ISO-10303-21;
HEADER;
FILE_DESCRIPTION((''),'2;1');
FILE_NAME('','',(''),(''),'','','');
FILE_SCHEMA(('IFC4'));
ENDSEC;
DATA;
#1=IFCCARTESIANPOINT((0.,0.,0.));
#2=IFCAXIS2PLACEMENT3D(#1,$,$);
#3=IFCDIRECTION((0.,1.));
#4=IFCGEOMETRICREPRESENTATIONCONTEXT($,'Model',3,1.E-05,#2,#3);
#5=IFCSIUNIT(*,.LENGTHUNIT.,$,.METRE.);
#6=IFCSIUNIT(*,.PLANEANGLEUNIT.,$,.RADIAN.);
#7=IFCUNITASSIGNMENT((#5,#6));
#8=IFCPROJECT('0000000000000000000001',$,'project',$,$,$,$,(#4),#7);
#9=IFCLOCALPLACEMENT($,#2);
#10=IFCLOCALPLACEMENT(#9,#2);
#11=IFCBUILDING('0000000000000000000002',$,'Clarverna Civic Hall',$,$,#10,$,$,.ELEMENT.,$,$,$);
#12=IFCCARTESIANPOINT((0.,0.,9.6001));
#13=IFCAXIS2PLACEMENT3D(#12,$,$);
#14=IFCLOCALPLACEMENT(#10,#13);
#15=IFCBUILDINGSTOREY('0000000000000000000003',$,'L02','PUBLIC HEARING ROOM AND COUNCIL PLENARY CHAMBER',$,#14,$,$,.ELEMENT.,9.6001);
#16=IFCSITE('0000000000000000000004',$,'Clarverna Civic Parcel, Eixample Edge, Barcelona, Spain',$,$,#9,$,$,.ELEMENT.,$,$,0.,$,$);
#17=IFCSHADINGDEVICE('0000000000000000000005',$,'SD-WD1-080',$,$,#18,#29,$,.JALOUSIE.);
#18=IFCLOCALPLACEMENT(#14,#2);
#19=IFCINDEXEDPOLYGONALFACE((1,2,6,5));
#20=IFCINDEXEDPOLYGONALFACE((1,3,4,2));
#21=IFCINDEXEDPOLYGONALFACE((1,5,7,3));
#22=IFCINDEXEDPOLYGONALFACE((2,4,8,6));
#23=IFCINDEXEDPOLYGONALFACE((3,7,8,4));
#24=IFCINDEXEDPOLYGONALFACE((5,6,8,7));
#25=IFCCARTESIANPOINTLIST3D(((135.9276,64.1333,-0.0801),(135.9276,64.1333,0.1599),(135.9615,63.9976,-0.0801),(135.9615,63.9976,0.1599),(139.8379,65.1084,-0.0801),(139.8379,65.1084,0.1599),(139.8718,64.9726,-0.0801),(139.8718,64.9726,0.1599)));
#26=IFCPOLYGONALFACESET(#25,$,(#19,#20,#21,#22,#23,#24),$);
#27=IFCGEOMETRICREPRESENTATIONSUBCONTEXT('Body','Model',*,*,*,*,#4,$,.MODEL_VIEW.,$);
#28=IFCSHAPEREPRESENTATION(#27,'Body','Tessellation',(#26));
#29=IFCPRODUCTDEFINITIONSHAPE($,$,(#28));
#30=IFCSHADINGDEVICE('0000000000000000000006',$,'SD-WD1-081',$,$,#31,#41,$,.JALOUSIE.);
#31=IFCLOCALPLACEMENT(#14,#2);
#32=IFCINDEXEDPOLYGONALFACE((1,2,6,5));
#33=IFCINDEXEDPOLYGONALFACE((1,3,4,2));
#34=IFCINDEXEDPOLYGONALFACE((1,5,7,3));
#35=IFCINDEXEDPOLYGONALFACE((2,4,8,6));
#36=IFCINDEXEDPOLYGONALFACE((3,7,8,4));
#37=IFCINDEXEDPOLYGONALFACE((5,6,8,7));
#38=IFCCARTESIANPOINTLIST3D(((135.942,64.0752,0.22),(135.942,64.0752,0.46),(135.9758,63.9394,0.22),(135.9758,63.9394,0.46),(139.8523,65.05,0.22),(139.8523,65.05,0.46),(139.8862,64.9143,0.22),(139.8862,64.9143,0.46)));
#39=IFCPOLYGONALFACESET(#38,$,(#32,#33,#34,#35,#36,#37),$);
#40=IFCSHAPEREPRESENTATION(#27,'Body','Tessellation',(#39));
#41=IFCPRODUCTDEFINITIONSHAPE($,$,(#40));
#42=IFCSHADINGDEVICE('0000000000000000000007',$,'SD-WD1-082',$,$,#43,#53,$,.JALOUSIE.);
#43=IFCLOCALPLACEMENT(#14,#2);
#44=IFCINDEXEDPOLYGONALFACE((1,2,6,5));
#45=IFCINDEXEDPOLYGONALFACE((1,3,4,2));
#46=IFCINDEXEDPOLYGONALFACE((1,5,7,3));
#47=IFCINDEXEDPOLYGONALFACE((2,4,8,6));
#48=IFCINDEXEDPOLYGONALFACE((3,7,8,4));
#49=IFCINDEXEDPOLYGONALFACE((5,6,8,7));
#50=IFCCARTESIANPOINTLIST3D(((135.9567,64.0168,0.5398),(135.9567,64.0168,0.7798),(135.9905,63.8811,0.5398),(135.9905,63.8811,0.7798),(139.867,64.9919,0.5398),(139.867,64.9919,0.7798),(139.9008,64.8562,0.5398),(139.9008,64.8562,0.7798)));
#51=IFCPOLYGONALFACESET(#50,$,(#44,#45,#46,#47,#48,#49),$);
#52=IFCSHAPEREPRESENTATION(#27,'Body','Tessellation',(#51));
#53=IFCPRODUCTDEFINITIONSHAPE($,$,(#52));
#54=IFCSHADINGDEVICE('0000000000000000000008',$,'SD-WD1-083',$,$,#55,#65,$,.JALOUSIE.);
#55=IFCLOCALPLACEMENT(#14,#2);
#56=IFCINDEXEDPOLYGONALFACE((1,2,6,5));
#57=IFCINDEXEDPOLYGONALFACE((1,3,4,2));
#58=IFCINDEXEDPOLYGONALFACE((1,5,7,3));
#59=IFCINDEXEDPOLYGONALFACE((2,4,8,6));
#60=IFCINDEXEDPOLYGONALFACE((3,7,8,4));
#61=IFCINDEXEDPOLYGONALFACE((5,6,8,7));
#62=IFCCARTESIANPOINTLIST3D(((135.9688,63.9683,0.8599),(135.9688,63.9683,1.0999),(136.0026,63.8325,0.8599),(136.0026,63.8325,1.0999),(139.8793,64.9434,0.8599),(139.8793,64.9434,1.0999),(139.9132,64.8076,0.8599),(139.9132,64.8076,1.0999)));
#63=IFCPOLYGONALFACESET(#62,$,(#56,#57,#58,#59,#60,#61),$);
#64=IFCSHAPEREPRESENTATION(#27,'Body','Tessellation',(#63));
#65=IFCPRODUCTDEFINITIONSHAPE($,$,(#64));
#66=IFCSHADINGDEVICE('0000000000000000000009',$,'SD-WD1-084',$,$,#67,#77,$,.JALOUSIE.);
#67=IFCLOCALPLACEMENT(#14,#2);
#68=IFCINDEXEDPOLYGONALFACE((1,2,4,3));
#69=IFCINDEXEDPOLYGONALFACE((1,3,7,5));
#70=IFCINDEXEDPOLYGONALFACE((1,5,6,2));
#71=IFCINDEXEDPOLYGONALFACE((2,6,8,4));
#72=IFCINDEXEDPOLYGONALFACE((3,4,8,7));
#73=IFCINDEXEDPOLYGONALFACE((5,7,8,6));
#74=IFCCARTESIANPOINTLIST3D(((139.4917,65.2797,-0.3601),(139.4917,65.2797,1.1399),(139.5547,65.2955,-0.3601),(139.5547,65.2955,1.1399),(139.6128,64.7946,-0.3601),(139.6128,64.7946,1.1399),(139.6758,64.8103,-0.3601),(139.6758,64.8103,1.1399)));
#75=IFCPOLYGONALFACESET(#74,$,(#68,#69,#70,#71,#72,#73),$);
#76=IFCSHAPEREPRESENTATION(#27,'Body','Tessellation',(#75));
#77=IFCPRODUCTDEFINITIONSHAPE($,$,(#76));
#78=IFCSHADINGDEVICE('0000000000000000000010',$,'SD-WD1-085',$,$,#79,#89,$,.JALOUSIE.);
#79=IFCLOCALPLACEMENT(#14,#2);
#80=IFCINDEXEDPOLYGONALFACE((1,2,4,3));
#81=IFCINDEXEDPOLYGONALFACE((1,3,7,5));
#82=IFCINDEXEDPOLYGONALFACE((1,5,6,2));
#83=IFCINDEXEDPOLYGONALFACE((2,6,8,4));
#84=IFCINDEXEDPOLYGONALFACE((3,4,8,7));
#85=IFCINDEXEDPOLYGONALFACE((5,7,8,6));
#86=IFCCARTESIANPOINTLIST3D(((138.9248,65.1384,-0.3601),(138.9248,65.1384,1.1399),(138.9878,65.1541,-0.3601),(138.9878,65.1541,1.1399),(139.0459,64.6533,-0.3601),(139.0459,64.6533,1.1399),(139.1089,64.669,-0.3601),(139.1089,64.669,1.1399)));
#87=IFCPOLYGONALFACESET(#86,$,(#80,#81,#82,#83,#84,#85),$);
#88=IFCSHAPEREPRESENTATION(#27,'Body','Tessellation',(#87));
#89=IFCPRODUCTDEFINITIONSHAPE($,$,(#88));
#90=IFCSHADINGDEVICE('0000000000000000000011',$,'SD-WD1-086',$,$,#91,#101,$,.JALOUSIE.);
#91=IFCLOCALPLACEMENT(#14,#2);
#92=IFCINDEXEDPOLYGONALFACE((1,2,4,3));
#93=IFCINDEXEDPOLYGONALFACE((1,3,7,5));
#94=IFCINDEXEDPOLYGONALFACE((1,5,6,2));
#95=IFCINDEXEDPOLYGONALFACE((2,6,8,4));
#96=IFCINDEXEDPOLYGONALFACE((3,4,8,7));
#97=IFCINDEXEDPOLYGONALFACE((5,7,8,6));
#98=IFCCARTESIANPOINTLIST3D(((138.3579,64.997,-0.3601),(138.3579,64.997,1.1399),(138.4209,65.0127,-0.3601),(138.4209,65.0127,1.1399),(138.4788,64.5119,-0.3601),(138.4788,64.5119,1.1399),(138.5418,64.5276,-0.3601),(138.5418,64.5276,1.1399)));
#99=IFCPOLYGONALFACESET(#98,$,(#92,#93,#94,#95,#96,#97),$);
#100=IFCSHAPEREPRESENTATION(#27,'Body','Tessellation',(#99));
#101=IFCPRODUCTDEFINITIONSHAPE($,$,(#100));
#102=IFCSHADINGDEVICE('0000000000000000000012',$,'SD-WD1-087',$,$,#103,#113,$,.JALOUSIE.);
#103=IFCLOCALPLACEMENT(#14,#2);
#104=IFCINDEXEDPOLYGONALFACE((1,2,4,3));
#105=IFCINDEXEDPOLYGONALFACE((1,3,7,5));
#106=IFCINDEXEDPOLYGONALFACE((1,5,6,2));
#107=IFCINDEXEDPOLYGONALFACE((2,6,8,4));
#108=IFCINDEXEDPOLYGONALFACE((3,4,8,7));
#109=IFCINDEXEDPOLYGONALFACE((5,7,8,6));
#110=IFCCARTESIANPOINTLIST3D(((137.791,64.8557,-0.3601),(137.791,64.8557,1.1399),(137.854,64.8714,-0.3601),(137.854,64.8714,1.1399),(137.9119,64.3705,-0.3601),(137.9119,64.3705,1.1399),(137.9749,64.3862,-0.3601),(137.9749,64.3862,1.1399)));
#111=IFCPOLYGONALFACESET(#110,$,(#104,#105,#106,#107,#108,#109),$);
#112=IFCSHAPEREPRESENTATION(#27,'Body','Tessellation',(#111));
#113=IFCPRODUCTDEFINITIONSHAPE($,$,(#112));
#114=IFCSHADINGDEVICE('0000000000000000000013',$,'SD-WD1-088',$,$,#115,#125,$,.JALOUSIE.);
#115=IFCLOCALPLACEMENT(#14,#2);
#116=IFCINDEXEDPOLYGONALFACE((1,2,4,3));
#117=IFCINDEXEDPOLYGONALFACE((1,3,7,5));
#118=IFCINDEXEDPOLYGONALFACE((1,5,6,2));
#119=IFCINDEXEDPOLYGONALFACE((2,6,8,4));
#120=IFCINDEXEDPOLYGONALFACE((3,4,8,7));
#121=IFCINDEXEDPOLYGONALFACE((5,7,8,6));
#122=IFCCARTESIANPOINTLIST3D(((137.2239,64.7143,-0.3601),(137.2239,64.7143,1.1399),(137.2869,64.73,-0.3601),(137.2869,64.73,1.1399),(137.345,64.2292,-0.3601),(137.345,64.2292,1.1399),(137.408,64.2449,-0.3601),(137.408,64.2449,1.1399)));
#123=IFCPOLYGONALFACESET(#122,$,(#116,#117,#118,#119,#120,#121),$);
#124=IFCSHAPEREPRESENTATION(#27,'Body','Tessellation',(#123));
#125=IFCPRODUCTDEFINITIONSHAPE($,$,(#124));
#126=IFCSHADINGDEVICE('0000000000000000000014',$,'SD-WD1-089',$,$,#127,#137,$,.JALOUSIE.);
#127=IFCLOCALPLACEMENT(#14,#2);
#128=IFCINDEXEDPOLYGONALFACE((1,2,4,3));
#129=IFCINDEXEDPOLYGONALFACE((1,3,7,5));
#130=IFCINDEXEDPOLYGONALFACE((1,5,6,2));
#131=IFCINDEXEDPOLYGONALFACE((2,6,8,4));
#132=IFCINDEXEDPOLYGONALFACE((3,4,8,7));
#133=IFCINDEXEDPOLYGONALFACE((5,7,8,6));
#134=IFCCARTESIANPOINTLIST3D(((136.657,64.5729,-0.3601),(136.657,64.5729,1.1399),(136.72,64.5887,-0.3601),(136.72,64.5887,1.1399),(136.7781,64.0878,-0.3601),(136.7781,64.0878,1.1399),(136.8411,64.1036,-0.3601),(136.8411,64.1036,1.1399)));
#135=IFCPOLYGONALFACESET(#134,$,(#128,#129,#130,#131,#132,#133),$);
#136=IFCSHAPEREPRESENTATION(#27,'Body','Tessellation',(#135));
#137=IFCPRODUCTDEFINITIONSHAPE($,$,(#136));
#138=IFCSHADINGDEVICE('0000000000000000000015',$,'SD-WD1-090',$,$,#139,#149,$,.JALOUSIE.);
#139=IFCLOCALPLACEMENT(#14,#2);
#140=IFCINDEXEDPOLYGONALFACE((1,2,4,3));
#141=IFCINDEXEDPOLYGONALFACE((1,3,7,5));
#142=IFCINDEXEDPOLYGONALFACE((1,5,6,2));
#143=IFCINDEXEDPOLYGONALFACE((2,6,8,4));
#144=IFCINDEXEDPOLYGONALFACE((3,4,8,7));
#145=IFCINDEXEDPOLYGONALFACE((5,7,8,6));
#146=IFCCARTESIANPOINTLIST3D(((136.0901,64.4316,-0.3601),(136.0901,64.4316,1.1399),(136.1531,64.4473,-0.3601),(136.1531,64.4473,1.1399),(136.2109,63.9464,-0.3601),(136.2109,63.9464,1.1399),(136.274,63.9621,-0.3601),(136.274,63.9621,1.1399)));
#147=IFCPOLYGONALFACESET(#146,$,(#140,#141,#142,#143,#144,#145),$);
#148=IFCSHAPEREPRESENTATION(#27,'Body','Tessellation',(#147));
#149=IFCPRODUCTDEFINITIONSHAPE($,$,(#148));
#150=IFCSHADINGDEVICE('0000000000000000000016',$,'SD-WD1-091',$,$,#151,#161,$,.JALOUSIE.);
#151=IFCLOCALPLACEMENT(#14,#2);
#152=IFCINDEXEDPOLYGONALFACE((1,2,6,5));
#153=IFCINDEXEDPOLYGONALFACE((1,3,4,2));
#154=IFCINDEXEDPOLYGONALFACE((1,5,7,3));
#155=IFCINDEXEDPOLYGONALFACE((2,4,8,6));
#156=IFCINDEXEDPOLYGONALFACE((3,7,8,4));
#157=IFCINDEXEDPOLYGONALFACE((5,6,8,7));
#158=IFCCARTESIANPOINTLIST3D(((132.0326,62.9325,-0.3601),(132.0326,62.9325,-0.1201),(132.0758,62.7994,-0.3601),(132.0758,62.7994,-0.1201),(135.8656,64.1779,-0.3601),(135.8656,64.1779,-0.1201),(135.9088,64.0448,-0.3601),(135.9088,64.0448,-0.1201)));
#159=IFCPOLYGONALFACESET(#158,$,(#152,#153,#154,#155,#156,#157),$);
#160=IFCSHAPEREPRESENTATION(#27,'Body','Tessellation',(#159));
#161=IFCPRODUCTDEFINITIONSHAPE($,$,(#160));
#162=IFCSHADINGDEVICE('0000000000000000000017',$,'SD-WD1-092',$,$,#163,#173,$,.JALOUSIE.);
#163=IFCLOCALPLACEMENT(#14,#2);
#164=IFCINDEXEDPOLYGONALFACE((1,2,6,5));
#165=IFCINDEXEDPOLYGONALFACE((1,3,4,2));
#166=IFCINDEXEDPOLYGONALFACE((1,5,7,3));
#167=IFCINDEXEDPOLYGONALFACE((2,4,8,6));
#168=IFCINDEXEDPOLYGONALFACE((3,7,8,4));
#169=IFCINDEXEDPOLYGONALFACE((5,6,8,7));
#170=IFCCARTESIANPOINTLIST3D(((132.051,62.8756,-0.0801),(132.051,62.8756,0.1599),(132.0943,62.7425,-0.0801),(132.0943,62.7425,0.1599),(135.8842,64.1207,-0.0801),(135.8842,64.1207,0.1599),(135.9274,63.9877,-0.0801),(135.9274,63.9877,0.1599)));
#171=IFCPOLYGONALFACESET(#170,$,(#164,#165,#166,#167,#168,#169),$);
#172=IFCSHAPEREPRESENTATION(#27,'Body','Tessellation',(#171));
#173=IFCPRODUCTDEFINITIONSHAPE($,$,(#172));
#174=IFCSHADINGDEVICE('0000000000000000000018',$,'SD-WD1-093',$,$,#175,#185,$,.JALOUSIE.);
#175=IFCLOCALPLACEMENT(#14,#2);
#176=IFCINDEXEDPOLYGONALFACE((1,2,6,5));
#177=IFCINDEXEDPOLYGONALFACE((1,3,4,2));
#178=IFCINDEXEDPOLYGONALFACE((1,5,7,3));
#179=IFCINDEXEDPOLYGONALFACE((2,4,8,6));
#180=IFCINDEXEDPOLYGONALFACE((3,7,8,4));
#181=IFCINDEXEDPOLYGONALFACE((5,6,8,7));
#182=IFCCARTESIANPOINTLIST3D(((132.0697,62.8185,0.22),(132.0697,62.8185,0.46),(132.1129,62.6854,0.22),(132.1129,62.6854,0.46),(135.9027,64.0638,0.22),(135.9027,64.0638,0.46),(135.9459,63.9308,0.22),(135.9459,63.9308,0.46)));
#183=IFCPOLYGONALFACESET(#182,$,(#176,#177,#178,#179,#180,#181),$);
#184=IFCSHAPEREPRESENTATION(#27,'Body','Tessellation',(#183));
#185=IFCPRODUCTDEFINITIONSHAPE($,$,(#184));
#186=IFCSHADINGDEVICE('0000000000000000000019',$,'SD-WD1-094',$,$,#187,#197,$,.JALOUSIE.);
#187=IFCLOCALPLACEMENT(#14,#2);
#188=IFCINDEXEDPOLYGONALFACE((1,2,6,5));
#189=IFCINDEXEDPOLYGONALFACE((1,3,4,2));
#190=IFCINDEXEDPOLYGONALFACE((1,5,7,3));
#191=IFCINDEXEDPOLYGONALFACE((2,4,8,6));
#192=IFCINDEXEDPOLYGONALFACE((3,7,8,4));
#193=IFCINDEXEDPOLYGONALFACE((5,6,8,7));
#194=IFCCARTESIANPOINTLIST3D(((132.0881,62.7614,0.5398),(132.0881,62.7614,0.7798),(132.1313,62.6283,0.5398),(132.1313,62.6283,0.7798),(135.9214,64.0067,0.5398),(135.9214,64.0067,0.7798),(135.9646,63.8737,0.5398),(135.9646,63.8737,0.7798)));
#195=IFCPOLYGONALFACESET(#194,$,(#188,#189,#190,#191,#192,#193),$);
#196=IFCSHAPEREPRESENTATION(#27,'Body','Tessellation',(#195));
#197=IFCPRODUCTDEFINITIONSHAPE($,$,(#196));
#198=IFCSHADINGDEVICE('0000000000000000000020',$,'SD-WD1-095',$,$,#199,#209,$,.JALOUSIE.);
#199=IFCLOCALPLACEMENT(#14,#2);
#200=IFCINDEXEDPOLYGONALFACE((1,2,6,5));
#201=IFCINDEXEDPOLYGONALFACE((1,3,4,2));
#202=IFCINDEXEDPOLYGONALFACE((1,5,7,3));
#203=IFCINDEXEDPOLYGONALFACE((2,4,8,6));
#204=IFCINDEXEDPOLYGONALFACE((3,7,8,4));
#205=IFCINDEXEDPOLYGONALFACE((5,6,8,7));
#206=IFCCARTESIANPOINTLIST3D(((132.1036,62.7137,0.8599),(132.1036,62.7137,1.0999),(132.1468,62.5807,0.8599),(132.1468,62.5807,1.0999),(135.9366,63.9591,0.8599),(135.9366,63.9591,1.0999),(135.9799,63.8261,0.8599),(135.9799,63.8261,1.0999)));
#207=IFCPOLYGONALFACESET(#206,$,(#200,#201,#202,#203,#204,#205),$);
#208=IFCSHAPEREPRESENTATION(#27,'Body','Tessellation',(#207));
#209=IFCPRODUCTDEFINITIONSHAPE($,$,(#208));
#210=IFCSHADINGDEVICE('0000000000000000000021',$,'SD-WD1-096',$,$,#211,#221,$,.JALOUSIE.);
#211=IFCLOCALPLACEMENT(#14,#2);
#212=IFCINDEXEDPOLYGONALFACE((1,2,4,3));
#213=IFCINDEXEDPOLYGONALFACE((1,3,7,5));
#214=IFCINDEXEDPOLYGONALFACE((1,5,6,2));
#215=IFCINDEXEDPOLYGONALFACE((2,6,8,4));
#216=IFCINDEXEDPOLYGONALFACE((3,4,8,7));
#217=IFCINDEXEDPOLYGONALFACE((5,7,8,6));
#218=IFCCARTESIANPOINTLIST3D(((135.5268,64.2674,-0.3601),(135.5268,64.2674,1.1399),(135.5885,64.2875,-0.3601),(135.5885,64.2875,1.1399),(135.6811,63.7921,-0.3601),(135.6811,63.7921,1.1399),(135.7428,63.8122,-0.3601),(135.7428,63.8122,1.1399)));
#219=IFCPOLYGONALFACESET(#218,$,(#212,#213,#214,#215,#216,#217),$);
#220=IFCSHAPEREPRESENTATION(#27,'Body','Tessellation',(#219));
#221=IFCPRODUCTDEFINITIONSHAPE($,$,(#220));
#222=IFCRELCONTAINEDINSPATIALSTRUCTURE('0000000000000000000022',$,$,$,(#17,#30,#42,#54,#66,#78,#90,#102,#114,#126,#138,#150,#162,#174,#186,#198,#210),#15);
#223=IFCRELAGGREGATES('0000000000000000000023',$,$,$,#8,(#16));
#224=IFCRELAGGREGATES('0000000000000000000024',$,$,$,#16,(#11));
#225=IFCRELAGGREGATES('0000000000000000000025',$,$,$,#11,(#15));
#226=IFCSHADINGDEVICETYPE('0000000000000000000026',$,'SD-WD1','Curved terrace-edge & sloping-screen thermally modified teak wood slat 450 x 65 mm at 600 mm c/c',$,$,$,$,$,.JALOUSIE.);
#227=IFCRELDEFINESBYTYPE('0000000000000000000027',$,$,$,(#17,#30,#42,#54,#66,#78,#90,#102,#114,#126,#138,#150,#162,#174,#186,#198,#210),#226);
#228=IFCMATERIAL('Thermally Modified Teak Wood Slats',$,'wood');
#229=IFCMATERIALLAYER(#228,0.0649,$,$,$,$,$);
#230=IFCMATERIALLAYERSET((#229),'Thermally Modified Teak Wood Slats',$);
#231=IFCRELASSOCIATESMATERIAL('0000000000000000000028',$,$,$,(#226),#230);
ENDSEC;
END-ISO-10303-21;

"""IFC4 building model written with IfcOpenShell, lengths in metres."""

from ifc_helpers import new_model, si_unit, direction, frame, frame_2d, origin, place, context, subcontext, project, spatial, rectangle, extrude, material, layer, layer_set, type_object, element, save


model = new_model("IFC4")

# Units and contexts
model_context = context("Model", 3, precision=1e-05, world=origin(), true_north=direction((0.0, 1.0)))
body_context = subcontext(model_context, "Body", "Model", "MODEL_VIEW")
ifc_project = project(units=[si_unit("LENGTHUNIT", "METRE"), si_unit("PLANEANGLEUNIT", "RADIAN")], contexts=[model_context])

# Site, building, storey
site_placement = place(None, origin())
site = spatial("IfcSite", under=ifc_project, at=site_placement, Name="Clarverna Civic Parcel, Eixample Edge, Barcelona, Spain", CompositionType="ELEMENT", RefElevation=0.0)
building_placement = place(site_placement, origin())
building = spatial("IfcBuilding", under=site, at=building_placement, Name="Clarverna Civic Hall", CompositionType="ELEMENT")
storey_placement = place(building_placement, frame((0.0, 0.0, 9.6001)))
storey = spatial("IfcBuildingStorey", under=building, at=storey_placement, Name="L02", Description="PUBLIC HEARING ROOM AND COUNCIL PLENARY CHAMBER", CompositionType="ELEMENT", Elevation=9.6001)

# Shading devices
ifc_material_1 = material(Name="Thermally Modified Teak Wood Slats", Category="wood")
ifc_layer_1 = layer(ifc_material_1, 0.0649)
ifc_layer_set_1 = layer_set([ifc_layer_1], Name="Thermally Modified Teak Wood Slats")
shading_device_type = type_object("IfcShadingDeviceType", Name="SD-WD1", Description="Curved terrace-edge & sloping-screen thermally modified teak wood slat 450 x 65 mm at 600 mm c/c", PredefinedType="JALOUSIE", material=ifc_layer_set_1)
for number, where, z_axis, x_axis, name in (
    (1, (139.855, 65.0405, -0.0801), (0.0, 0.0, 1.0), (-0.970288, -0.241951, 0.0), "SD-WD1-080"),
    (2, (139.8694, 64.9822, 0.22), (0.0, 0.0, 1.0), (-0.970303, -0.241894, 0.0), "SD-WD1-081"),
    (3, (139.884, 64.9241, 0.5398), (0.0, 0.0, 1.0), (-0.970288, -0.241951, 0.0), "SD-WD1-082"),
):
    element("IfcShadingDevice", number, at=place(storey_placement, frame(where, z_axis=z_axis, x_axis=x_axis)), inside=storey, type_object=shading_device_type, Name=name, PredefinedType="JALOUSIE", context=body_context, shape_type="SweptSolid", body=[
        extrude(rectangle(XDim=4.03, YDim=0.1399, at=frame_2d((2.0151, 0.0))), origin(), (0.0, 0.0, 1.0), 0.24),
    ])
shading_device_1_placement = place(storey_placement, frame((139.8962, 64.8755, 0.8599), z_axis=(0.0, 0.0, 1.0), x_axis=(-0.970292, -0.241937, 0.0)))
element("IfcShadingDevice", 4, at=shading_device_1_placement, inside=storey, type_object=shading_device_type, Name="SD-WD1-083", PredefinedType="JALOUSIE", context=body_context, shape_type="SweptSolid", body=[
    extrude(rectangle(XDim=4.0303, YDim=0.1399, at=frame_2d((2.0151, 0.0))), origin(), (0.0, 0.0, 1.0), 0.24),
])
for number, where, z_axis, x_axis, name in (
    (5, (139.5232, 65.2876, -0.3601), (0.0, 0.0, 1.0), (0.242191, -0.970229, 0.0), "SD-WD1-084"),
    (6, (138.9563, 65.1462, -0.3601), (0.0, 0.0, 1.0), (0.242191, -0.970229, 0.0), "SD-WD1-085"),
    (7, (138.3894, 65.0049, -0.3601), (0.0, 0.0, 1.0), (0.241731, -0.970343, 0.0), "SD-WD1-086"),
    (8, (137.8225, 64.8635, -0.3601), (0.0, 0.0, 1.0), (0.241731, -0.970343, 0.0), "SD-WD1-087"),
    (9, (137.2554, 64.7222, -0.3601), (0.0, 0.0, 1.0), (0.242191, -0.970229, 0.0), "SD-WD1-088"),
    (10, (136.6885, 64.5808, -0.3601), (0.0, 0.0, 1.0), (0.242191, -0.970229, 0.0), "SD-WD1-089"),
    (11, (136.1216, 64.4395, -0.3601), (0.0, 0.0, 1.0), (0.241731, -0.970343, 0.0), "SD-WD1-090"),
):
    element("IfcShadingDevice", number, at=place(storey_placement, frame(where, z_axis=z_axis, x_axis=x_axis)), inside=storey, type_object=shading_device_type, Name=name, PredefinedType="JALOUSIE", context=body_context, shape_type="SweptSolid", body=[
        extrude(rectangle(XDim=0.5, YDim=0.0649, at=frame_2d((0.25, 0.0))), origin(), (0.0, 0.0, 1.0), 1.5),
    ])
for number, where, z_axis, x_axis, name in (
    (12, (135.8872, 64.1113, -0.3601), (0.0, 0.0, 1.0), (-0.951061, -0.309004, 0.0), "SD-WD1-091"),
    (13, (135.9058, 64.0542, -0.0801), (0.0, 0.0, 1.0), (-0.951079, -0.308949, 0.0), "SD-WD1-092"),
    (14, (135.9243, 63.9973, 0.22), (0.0, 0.0, 1.0), (-0.951061, -0.309004, 0.0), "SD-WD1-093"),
):
    element("IfcShadingDevice", number, at=place(storey_placement, frame(where, z_axis=z_axis, x_axis=x_axis)), inside=storey, type_object=shading_device_type, Name=name, PredefinedType="JALOUSIE", context=body_context, shape_type="SweptSolid", body=[
        extrude(rectangle(XDim=4.0303, YDim=0.1399, at=frame_2d((2.0151, 0.0))), origin(), (0.0, 0.0, 1.0), 0.24),
    ])
shading_device_2_placement = place(storey_placement, frame((135.9429, 63.9402, 0.5398), z_axis=(0.0, 0.0, 1.0), x_axis=(-0.951067, -0.308986, 0.0)))
element("IfcShadingDevice", 15, at=shading_device_2_placement, inside=storey, type_object=shading_device_type, Name="SD-WD1-094", PredefinedType="JALOUSIE", context=body_context, shape_type="SweptSolid", body=[
    extrude(rectangle(XDim=4.0305, YDim=0.1399, at=frame_2d((2.0151, 0.0))), origin(), (0.0, 0.0, 1.0), 0.24),
])
shading_device_3_placement = place(storey_placement, frame((135.9583, 63.8926, 0.8599), z_axis=(0.0, 0.0, 1.0), x_axis=(-0.951061, -0.309004, 0.0)))
element("IfcShadingDevice", 16, at=shading_device_3_placement, inside=storey, type_object=shading_device_type, Name="SD-WD1-095", PredefinedType="JALOUSIE", context=body_context, shape_type="SweptSolid", body=[
    extrude(rectangle(XDim=4.0303, YDim=0.1399, at=frame_2d((2.0151, 0.0))), origin(), (0.0, 0.0, 1.0), 0.24),
])
shading_device_4_placement = place(storey_placement, frame((135.5576, 64.2776, -0.3601), z_axis=(0.0, 0.0, 1.0), x_axis=(0.308744, -0.951145, 0.0)))
element("IfcShadingDevice", 17, at=shading_device_4_placement, inside=storey, type_object=shading_device_type, Name="SD-WD1-096", PredefinedType="JALOUSIE", context=body_context, shape_type="SweptSolid", body=[
    extrude(rectangle(XDim=0.4998, YDim=0.0649, at=frame_2d((0.25, 0.0))), origin(), (0.0, 0.0, 1.0), 1.5),
])

save(model, "model.ifc")
